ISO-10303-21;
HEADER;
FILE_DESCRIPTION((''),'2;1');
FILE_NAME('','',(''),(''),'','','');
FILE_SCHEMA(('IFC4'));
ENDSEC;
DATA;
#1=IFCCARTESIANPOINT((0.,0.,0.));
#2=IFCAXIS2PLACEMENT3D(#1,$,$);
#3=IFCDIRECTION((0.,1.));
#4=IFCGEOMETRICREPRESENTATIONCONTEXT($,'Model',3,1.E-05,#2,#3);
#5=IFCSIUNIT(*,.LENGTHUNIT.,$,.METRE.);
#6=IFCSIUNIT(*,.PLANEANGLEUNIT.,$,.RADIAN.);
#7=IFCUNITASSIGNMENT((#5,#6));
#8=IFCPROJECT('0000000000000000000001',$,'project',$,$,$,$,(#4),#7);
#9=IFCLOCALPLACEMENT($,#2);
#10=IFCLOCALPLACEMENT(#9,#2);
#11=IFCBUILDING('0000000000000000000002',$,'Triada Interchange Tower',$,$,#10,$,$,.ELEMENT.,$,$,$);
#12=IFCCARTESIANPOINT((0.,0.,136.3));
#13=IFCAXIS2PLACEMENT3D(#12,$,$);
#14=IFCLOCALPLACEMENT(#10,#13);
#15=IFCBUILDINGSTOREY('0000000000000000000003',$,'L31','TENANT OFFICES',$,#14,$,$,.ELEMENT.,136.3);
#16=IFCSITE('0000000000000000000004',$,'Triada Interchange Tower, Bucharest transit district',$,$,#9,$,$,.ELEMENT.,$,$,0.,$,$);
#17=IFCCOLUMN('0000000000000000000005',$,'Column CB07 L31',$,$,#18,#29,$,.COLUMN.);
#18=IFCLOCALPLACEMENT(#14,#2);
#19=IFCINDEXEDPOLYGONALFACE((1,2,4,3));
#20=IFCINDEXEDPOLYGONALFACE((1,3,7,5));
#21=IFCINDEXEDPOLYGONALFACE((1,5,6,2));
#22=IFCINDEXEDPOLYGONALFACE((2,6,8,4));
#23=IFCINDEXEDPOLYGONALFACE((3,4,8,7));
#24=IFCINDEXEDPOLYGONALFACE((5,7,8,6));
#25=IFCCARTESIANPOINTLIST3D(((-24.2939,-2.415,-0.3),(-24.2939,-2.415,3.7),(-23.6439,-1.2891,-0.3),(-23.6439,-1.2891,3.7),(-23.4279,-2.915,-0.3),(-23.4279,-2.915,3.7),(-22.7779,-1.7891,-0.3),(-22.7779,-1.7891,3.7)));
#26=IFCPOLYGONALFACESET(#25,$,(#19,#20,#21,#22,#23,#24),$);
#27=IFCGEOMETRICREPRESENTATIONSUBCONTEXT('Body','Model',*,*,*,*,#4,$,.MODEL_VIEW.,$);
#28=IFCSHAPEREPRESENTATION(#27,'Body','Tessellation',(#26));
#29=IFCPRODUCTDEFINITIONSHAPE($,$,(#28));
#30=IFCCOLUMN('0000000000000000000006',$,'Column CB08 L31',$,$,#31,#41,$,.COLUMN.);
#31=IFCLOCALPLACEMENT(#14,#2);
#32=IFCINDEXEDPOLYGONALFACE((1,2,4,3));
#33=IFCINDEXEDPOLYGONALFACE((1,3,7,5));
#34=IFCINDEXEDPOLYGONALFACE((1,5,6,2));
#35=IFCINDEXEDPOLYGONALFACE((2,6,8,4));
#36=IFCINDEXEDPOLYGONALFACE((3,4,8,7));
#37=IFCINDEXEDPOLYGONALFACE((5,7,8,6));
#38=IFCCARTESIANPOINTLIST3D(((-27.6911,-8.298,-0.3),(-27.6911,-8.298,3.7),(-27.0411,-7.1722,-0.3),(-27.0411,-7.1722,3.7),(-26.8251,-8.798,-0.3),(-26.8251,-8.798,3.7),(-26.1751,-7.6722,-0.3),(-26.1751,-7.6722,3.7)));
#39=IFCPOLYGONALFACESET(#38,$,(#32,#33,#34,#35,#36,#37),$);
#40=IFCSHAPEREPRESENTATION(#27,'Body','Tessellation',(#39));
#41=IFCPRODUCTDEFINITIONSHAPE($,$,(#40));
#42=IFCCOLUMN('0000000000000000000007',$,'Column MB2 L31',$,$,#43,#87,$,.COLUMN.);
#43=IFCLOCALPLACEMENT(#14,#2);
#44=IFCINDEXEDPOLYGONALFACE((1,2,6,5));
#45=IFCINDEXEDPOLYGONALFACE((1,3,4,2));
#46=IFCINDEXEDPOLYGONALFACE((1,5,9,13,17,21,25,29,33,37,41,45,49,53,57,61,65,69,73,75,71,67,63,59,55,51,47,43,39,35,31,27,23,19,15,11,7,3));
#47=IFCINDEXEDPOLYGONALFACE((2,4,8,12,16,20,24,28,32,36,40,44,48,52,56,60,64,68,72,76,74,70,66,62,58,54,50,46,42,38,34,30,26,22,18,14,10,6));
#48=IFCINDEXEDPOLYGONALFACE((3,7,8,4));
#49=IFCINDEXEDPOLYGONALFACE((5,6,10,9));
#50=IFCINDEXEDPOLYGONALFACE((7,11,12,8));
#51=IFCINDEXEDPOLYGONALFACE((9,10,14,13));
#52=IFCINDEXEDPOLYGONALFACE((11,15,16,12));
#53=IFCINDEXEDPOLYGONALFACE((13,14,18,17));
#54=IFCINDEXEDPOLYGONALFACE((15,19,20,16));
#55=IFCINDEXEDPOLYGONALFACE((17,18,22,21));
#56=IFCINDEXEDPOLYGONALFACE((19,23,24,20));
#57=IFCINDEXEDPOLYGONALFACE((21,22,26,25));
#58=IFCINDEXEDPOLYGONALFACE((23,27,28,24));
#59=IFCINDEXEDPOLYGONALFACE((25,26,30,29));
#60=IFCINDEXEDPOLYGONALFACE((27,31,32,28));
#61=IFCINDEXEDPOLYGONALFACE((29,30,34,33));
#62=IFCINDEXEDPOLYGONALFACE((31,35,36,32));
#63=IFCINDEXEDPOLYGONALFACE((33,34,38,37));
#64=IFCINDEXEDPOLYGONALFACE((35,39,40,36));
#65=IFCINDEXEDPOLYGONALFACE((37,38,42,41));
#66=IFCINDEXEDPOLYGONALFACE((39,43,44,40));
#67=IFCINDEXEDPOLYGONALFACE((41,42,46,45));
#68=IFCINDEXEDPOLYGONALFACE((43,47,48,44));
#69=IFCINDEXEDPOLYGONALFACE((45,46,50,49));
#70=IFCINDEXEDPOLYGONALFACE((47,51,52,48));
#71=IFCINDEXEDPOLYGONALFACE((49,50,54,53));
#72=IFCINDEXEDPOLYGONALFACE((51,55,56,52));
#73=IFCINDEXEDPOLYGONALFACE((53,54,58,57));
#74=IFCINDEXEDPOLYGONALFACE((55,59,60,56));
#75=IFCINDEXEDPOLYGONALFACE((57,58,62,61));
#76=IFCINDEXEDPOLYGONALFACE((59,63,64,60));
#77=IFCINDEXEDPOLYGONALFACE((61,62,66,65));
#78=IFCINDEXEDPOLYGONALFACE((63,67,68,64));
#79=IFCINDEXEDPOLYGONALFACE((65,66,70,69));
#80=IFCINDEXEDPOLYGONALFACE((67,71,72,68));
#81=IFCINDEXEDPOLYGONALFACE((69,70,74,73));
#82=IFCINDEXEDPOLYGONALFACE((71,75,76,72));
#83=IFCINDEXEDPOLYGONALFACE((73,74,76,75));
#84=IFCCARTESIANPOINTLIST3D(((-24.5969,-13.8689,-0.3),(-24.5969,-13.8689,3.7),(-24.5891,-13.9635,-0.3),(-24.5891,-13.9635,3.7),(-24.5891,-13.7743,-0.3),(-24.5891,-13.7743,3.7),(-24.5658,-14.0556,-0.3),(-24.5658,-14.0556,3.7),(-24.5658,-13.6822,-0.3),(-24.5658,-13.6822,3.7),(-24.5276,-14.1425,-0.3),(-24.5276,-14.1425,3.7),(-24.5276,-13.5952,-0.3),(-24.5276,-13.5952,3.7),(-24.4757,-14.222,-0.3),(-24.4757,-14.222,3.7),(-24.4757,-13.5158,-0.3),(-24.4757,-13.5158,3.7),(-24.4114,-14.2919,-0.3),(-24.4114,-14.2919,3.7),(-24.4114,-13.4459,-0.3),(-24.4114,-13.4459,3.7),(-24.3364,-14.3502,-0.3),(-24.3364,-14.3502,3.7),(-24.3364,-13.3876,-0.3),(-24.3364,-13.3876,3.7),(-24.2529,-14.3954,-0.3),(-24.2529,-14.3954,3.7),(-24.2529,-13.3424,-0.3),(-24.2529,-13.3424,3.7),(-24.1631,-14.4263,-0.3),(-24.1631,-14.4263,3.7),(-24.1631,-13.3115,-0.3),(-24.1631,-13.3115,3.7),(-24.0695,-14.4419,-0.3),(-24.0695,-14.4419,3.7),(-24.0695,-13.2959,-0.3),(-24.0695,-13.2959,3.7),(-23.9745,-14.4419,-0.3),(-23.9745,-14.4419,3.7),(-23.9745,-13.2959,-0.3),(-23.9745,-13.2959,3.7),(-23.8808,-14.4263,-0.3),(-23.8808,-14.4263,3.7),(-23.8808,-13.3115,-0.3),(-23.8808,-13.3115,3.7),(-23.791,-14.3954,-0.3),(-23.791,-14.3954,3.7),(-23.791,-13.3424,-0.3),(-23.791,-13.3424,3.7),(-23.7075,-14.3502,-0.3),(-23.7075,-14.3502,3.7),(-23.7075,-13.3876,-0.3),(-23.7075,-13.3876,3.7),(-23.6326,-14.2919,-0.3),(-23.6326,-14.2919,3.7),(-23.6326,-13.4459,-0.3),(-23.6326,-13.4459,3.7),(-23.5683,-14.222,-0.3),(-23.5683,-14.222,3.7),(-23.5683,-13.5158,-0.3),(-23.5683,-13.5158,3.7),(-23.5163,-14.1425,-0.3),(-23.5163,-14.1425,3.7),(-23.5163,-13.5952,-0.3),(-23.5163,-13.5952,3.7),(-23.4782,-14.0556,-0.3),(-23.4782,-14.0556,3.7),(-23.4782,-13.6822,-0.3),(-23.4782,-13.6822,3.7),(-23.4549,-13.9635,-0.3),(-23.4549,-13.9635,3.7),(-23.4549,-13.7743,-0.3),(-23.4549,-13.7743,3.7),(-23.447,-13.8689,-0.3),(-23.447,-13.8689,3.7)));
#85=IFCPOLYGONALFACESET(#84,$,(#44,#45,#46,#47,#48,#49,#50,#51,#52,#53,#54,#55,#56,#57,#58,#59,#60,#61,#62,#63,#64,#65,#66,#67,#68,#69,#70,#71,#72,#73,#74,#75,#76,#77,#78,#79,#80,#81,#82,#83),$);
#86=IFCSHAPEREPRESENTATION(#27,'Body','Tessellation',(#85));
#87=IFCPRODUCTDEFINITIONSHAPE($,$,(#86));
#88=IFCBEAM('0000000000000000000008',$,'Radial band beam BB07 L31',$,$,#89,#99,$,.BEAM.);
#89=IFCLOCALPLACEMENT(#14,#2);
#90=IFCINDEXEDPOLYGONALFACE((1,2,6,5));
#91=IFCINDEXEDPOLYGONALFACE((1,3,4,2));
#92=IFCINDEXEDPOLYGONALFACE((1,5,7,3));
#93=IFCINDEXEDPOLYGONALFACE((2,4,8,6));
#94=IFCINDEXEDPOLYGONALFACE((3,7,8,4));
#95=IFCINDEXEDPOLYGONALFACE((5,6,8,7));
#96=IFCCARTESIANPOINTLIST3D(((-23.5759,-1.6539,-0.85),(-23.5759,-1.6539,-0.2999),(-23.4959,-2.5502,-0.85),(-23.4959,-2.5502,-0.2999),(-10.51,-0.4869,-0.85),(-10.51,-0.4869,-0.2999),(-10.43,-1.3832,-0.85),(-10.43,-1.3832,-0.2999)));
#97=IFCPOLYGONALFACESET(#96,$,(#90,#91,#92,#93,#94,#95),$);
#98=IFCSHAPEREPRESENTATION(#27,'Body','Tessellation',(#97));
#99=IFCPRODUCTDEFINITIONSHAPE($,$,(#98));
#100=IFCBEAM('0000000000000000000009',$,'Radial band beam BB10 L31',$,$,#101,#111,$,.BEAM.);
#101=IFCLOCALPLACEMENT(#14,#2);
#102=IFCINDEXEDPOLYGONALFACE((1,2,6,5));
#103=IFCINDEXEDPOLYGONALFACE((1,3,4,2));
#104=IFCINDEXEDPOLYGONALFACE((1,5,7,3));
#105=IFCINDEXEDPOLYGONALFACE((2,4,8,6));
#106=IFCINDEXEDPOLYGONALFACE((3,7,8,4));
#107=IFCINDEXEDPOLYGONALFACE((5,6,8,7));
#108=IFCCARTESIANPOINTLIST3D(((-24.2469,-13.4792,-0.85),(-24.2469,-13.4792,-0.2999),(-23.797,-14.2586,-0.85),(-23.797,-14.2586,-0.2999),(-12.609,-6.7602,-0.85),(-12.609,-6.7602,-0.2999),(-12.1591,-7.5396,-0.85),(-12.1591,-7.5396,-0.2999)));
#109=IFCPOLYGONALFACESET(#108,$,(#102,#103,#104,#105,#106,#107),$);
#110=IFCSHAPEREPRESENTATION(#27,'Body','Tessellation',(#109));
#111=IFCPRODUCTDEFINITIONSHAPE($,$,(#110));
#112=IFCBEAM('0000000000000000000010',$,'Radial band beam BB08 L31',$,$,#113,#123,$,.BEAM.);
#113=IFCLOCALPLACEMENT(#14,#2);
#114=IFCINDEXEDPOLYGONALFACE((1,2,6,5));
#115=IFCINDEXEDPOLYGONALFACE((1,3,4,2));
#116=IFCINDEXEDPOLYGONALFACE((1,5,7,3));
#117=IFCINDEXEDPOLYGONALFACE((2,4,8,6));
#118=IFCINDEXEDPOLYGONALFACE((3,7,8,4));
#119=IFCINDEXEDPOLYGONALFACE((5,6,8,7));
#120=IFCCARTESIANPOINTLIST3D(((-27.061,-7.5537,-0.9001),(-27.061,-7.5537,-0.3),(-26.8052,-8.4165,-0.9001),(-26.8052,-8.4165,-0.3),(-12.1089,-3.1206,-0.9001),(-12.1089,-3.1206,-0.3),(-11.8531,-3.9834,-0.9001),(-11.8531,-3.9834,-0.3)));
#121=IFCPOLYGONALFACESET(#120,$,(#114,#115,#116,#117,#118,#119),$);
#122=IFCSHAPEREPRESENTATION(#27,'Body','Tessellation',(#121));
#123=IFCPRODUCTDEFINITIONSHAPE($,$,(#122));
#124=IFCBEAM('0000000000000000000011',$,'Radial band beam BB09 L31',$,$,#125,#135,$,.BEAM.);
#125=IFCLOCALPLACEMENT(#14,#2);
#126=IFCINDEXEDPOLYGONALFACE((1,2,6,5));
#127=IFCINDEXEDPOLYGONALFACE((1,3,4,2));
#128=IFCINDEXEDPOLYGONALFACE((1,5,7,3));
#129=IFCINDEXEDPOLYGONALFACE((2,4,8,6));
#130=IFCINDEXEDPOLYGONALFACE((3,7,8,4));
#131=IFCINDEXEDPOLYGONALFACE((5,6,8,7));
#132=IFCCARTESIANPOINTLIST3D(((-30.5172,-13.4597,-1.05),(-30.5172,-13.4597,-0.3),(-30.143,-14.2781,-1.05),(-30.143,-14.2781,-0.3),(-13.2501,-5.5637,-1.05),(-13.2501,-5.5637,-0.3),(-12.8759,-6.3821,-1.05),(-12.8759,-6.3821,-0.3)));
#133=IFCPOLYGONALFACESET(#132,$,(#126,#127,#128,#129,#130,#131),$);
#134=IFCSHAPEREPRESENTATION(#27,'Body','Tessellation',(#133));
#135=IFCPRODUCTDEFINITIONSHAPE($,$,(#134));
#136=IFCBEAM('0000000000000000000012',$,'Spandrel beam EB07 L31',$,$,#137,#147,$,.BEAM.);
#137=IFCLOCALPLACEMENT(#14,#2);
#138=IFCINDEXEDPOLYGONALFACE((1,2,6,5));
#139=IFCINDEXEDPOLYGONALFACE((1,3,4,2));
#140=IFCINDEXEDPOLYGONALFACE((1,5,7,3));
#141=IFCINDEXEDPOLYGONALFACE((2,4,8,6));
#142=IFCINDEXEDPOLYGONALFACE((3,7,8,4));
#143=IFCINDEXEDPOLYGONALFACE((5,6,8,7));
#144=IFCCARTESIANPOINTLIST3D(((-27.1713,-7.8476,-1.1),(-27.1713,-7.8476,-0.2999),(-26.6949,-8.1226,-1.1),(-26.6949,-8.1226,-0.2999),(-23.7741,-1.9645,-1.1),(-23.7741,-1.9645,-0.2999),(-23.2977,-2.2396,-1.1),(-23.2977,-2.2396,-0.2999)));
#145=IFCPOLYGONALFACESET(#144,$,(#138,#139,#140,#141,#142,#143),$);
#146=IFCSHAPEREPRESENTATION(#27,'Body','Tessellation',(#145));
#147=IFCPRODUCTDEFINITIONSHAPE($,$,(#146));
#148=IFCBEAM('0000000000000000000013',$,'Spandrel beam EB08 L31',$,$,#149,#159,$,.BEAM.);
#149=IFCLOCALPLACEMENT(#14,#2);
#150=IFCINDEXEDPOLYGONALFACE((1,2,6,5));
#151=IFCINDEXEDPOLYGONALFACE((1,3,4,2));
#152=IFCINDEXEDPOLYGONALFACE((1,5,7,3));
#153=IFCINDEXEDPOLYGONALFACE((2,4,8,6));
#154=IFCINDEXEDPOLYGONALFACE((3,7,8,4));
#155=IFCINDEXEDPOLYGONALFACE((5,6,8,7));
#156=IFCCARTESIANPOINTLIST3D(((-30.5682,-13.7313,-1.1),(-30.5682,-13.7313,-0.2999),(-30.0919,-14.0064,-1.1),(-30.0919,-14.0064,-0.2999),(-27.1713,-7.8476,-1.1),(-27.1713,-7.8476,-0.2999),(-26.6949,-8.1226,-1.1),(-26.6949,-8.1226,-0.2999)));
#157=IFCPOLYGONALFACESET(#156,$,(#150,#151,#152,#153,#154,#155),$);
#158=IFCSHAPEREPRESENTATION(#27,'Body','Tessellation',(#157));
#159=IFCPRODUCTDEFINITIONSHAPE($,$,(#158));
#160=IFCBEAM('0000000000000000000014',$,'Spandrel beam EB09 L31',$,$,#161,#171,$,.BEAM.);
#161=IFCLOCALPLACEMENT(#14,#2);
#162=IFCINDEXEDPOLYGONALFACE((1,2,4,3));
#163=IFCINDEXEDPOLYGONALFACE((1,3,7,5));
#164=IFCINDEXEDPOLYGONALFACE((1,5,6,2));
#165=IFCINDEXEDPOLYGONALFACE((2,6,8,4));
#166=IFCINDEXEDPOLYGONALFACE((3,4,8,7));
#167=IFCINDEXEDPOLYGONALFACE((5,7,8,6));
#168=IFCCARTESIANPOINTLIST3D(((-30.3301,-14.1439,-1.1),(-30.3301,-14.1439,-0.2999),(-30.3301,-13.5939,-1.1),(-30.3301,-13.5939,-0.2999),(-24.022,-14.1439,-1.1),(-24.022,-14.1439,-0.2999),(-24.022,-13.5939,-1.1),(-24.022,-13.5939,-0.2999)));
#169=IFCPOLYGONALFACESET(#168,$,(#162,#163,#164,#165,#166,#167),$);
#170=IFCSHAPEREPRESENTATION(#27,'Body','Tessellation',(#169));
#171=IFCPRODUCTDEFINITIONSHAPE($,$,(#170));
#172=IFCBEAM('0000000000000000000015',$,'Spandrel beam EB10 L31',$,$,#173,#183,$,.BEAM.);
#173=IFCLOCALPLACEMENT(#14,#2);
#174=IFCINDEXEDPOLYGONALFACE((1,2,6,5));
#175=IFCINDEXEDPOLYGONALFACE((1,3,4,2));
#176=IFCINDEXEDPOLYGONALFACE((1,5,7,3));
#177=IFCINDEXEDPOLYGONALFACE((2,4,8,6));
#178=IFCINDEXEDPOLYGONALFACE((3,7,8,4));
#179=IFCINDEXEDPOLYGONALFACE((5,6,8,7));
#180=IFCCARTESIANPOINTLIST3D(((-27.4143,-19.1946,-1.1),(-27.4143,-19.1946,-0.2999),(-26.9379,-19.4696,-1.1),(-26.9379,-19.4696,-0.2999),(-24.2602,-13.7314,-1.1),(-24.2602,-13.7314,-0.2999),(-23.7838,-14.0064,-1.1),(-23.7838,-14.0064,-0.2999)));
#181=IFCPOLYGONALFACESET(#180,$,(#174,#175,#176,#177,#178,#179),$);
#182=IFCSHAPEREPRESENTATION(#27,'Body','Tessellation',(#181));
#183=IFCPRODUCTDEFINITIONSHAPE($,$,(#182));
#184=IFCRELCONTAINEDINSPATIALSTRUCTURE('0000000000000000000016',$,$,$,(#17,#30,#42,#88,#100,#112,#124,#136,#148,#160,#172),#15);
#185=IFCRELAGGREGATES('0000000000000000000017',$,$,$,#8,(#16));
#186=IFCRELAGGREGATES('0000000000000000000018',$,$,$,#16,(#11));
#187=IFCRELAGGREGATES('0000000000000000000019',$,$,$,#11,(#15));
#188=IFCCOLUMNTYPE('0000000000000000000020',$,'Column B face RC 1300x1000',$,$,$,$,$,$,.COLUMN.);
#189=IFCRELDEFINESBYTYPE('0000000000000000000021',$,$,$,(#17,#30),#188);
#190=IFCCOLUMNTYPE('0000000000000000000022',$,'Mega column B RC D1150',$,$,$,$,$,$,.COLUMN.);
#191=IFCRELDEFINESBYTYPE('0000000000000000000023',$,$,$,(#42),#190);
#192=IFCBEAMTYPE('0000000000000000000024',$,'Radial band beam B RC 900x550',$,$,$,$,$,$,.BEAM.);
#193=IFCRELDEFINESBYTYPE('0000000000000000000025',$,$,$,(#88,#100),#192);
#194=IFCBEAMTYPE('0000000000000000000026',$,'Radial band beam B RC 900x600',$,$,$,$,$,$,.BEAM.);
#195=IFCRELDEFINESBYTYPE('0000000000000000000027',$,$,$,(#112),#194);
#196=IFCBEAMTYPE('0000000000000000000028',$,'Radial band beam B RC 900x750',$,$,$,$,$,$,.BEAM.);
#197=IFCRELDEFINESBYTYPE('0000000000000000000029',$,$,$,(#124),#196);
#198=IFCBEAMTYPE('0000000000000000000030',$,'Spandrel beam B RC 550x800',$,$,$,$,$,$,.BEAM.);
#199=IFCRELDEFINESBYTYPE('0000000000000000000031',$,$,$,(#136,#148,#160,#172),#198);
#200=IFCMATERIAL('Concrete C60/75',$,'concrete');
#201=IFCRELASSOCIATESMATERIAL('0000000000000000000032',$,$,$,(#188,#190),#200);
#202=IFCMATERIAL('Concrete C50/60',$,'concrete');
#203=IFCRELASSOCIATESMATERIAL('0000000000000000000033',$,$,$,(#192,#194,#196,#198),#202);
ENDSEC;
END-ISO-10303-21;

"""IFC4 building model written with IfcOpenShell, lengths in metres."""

from ifc_helpers import new_model, si_unit, direction, frame, origin, origin_2d, place, context, subcontext, project, spatial, rectangle, circle, extrude, material, material_profile, profile_set, type_object, element, save


model = new_model("IFC4")

# Units and contexts
model_context = context("Model", 3, precision=1e-05, world=origin(), true_north=direction((0.0, 1.0)))
body_context = subcontext(model_context, "Body", "Model", "MODEL_VIEW")
ifc_project = project(units=[si_unit("LENGTHUNIT", "METRE"), si_unit("PLANEANGLEUNIT", "RADIAN")], contexts=[model_context])

# Site, building, storey
site_placement = place(None, origin())
site = spatial("IfcSite", under=ifc_project, at=site_placement, Name="Triada Interchange Tower, Bucharest transit district", CompositionType="ELEMENT", RefElevation=0.0)
building_placement = place(site_placement, origin())
building = spatial("IfcBuilding", under=site, at=building_placement, Name="Triada Interchange Tower", CompositionType="ELEMENT")
storey_placement = place(building_placement, frame((0.0, 0.0, 136.3)))
storey = spatial("IfcBuildingStorey", under=building, at=storey_placement, Name="L31", Description="TENANT OFFICES", CompositionType="ELEMENT", Elevation=136.3)

# Columns
ifc_material_1 = material(Name="Concrete C60/75", Category="concrete")
ifc_material_profile_1 = material_profile(ifc_material_1, rectangle(XDim=1.3, YDim=1.0, at=origin_2d()), Name="RC 1300x1000")
ifc_profile_set_1 = profile_set([ifc_material_profile_1], Name="Concrete C60/75")
column_type_1 = type_object("IfcColumnType", Name="Column B face RC 1300x1000", PredefinedType="COLUMN", material=ifc_profile_set_1)
for number, where, z_axis, x_axis, name in (
    (1, (-23.5359, -2.1021, -0.3), (0.0, 0.0, 1.0), (0.5, 0.866025, 0.0), "Column CB07 L31"),
    (2, (-26.9331, -7.9851, -0.3), (0.0, 0.0, 1.0), (0.5, 0.866025, 0.0), "Column CB08 L31"),
):
    element("IfcColumn", number, at=place(storey_placement, frame(where, z_axis=z_axis, x_axis=x_axis)), inside=storey, type_object=column_type_1, Name=name, PredefinedType="COLUMN", context=body_context, shape_type="SweptSolid", body=[
        extrude(rectangle(XDim=1.3, YDim=1.0, at=origin_2d()), origin(), (0.0, 0.0, 1.0), 4.0),
    ])
ifc_material_profile_2 = material_profile(ifc_material_1, circle(Radius=0.575, at=origin_2d()), Name="RC D1150")
ifc_profile_set_2 = profile_set([ifc_material_profile_2], Name="Concrete C60/75")
column_type_2 = type_object("IfcColumnType", Name="Mega column B RC D1150", PredefinedType="COLUMN", material=ifc_profile_set_2)
column_placement = place(storey_placement, frame((-24.022, -13.8689, -0.3), z_axis=(0.0, 0.0, 1.0), x_axis=(1.0, 0.0, 0.0)))
element("IfcColumn", 3, at=column_placement, inside=storey, type_object=column_type_2, Name="Column MB2 L31", PredefinedType="COLUMN", context=body_context, shape_type="SweptSolid", body=[
    extrude(circle(Radius=0.575, at=origin_2d()), origin(), (0.0, 0.0, 1.0), 4.0),
])

# Beams
ifc_material_2 = material(Name="Concrete C50/60", Category="concrete")
ifc_material_profile_3 = material_profile(ifc_material_2, rectangle(XDim=0.8999, YDim=0.55, at=origin_2d()), Name="RC 900x550")
ifc_profile_set_3 = profile_set([ifc_material_profile_3], Name="Concrete C50/60")
beam_type_1 = type_object("IfcBeamType", Name="Radial band beam B RC 900x550", PredefinedType="BEAM", material=ifc_profile_set_3)
beam_1_placement = place(storey_placement, frame((-23.5359, -2.1021, -0.575), z_axis=(0.996035, 0.088962, 0.0), x_axis=(-0.088962, 0.996035, 0.0)))
element("IfcBeam", 4, at=beam_1_placement, inside=storey, type_object=beam_type_1, Name="Radial band beam BB07 L31", PredefinedType="BEAM", context=body_context, shape_type="SweptSolid", body=[
    extrude(rectangle(XDim=0.8999, YDim=0.55, at=origin_2d()), origin(), (0.0, 0.0, 1.0), 13.1179),
])
beam_2_placement = place(storey_placement, frame((-24.022, -13.8689, -0.575), z_axis=(0.866031, 0.49999, 0.0), x_axis=(-0.49999, 0.866031, 0.0)))
element("IfcBeam", 5, at=beam_2_placement, inside=storey, type_object=beam_type_1, Name="Radial band beam BB10 L31", PredefinedType="BEAM", context=body_context, shape_type="SweptSolid", body=[
    extrude(rectangle(XDim=0.8999, YDim=0.55, at=origin_2d()), origin(), (0.0, 0.0, 1.0), 13.4382),
])
ifc_material_profile_4 = material_profile(ifc_material_2, rectangle(XDim=0.8999, YDim=0.6001, at=origin_2d()), Name="RC 900x600")
ifc_profile_set_4 = profile_set([ifc_material_profile_4], Name="Concrete C50/60")
beam_type_2 = type_object("IfcBeamType", Name="Radial band beam B RC 900x600", PredefinedType="BEAM", material=ifc_profile_set_4)
beam_3_placement = place(storey_placement, frame((-26.9331, -7.9851, -0.6001), z_axis=(0.958749, 0.284256, 0.0), x_axis=(-0.284256, 0.958749, 0.0)))
element("IfcBeam", 6, at=beam_3_placement, inside=storey, type_object=beam_type_2, Name="Radial band beam BB08 L31", PredefinedType="BEAM", context=body_context, shape_type="SweptSolid", body=[
    extrude(rectangle(XDim=0.8999, YDim=0.6001, at=origin_2d()), origin(), (0.0, 0.0, 1.0), 15.5955),
])
ifc_material_profile_5 = material_profile(ifc_material_2, rectangle(XDim=0.8999, YDim=0.75, at=origin_2d()), Name="RC 900x750")
ifc_profile_set_5 = profile_set([ifc_material_profile_5], Name="Concrete C50/60")
beam_type_3 = type_object("IfcBeamType", Name="Radial band beam B RC 900x750", PredefinedType="BEAM", material=ifc_profile_set_5)
beam_4_placement = place(storey_placement, frame((-30.3301, -13.8689, -0.675), z_axis=(0.909425, 0.415867, 0.0), x_axis=(-0.415867, 0.909425, 0.0)))
element("IfcBeam", 7, at=beam_4_placement, inside=storey, type_object=beam_type_3, Name="Radial band beam BB09 L31", PredefinedType="BEAM", context=body_context, shape_type="SweptSolid", body=[
    extrude(rectangle(XDim=0.8999, YDim=0.75, at=origin_2d()), origin(), (0.0, 0.0, 1.0), 18.9868),
])
ifc_material_profile_6 = material_profile(ifc_material_2, rectangle(XDim=0.55, YDim=0.8, at=origin_2d()), Name="RC 550x800")
ifc_profile_set_6 = profile_set([ifc_material_profile_6], Name="Concrete C50/60")
beam_type_4 = type_object("IfcBeamType", Name="Spandrel beam B RC 550x800", PredefinedType="BEAM", material=ifc_profile_set_6)
beam_5_placement = place(storey_placement, frame((-23.5359, -2.1021, -0.7), z_axis=(-0.50007, -0.865985, 0.0), x_axis=(0.865985, -0.50007, 0.0)))
element("IfcBeam", 8, at=beam_5_placement, inside=storey, type_object=beam_type_4, Name="Spandrel beam EB07 L31", PredefinedType="BEAM", context=body_context, shape_type="SweptSolid", body=[
    extrude(rectangle(XDim=0.55, YDim=0.8, at=origin_2d()), origin(), (0.0, 0.0, 1.0), 6.7935),
])
beam_6_placement = place(storey_placement, frame((-26.9331, -7.9851, -0.7), z_axis=(-0.499996, -0.866028, 0.0), x_axis=(0.866028, -0.499996, 0.0)))
element("IfcBeam", 9, at=beam_6_placement, inside=storey, type_object=beam_type_4, Name="Spandrel beam EB08 L31", PredefinedType="BEAM", context=body_context, shape_type="SweptSolid", body=[
    extrude(rectangle(XDim=0.55, YDim=0.8, at=origin_2d()), origin(), (0.0, 0.0, 1.0), 6.7939),
])
beam_7_placement = place(storey_placement, frame((-30.3301, -13.8689, -0.7), z_axis=(1.0, 0.0, 0.0), x_axis=(0.0, 1.0, 0.0)))
element("IfcBeam", 10, at=beam_7_placement, inside=storey, type_object=beam_type_4, Name="Spandrel beam EB09 L31", PredefinedType="BEAM", context=body_context, shape_type="SweptSolid", body=[
    extrude(rectangle(XDim=0.55, YDim=0.8, at=origin_2d()), origin(), (0.0, 0.0, 1.0), 6.3081),
])
beam_8_placement = place(storey_placement, frame((-24.022, -13.8689, -0.7), z_axis=(-0.499989, -0.866032, 0.0), x_axis=(0.866032, -0.499989, 0.0)))
element("IfcBeam", 11, at=beam_8_placement, inside=storey, type_object=beam_type_4, Name="Spandrel beam EB10 L31", PredefinedType="BEAM", context=body_context, shape_type="SweptSolid", body=[
    extrude(rectangle(XDim=0.55, YDim=0.8, at=origin_2d()), origin(), (0.0, 0.0, 1.0), 6.3083),
])

save(model, "model.ifc")
